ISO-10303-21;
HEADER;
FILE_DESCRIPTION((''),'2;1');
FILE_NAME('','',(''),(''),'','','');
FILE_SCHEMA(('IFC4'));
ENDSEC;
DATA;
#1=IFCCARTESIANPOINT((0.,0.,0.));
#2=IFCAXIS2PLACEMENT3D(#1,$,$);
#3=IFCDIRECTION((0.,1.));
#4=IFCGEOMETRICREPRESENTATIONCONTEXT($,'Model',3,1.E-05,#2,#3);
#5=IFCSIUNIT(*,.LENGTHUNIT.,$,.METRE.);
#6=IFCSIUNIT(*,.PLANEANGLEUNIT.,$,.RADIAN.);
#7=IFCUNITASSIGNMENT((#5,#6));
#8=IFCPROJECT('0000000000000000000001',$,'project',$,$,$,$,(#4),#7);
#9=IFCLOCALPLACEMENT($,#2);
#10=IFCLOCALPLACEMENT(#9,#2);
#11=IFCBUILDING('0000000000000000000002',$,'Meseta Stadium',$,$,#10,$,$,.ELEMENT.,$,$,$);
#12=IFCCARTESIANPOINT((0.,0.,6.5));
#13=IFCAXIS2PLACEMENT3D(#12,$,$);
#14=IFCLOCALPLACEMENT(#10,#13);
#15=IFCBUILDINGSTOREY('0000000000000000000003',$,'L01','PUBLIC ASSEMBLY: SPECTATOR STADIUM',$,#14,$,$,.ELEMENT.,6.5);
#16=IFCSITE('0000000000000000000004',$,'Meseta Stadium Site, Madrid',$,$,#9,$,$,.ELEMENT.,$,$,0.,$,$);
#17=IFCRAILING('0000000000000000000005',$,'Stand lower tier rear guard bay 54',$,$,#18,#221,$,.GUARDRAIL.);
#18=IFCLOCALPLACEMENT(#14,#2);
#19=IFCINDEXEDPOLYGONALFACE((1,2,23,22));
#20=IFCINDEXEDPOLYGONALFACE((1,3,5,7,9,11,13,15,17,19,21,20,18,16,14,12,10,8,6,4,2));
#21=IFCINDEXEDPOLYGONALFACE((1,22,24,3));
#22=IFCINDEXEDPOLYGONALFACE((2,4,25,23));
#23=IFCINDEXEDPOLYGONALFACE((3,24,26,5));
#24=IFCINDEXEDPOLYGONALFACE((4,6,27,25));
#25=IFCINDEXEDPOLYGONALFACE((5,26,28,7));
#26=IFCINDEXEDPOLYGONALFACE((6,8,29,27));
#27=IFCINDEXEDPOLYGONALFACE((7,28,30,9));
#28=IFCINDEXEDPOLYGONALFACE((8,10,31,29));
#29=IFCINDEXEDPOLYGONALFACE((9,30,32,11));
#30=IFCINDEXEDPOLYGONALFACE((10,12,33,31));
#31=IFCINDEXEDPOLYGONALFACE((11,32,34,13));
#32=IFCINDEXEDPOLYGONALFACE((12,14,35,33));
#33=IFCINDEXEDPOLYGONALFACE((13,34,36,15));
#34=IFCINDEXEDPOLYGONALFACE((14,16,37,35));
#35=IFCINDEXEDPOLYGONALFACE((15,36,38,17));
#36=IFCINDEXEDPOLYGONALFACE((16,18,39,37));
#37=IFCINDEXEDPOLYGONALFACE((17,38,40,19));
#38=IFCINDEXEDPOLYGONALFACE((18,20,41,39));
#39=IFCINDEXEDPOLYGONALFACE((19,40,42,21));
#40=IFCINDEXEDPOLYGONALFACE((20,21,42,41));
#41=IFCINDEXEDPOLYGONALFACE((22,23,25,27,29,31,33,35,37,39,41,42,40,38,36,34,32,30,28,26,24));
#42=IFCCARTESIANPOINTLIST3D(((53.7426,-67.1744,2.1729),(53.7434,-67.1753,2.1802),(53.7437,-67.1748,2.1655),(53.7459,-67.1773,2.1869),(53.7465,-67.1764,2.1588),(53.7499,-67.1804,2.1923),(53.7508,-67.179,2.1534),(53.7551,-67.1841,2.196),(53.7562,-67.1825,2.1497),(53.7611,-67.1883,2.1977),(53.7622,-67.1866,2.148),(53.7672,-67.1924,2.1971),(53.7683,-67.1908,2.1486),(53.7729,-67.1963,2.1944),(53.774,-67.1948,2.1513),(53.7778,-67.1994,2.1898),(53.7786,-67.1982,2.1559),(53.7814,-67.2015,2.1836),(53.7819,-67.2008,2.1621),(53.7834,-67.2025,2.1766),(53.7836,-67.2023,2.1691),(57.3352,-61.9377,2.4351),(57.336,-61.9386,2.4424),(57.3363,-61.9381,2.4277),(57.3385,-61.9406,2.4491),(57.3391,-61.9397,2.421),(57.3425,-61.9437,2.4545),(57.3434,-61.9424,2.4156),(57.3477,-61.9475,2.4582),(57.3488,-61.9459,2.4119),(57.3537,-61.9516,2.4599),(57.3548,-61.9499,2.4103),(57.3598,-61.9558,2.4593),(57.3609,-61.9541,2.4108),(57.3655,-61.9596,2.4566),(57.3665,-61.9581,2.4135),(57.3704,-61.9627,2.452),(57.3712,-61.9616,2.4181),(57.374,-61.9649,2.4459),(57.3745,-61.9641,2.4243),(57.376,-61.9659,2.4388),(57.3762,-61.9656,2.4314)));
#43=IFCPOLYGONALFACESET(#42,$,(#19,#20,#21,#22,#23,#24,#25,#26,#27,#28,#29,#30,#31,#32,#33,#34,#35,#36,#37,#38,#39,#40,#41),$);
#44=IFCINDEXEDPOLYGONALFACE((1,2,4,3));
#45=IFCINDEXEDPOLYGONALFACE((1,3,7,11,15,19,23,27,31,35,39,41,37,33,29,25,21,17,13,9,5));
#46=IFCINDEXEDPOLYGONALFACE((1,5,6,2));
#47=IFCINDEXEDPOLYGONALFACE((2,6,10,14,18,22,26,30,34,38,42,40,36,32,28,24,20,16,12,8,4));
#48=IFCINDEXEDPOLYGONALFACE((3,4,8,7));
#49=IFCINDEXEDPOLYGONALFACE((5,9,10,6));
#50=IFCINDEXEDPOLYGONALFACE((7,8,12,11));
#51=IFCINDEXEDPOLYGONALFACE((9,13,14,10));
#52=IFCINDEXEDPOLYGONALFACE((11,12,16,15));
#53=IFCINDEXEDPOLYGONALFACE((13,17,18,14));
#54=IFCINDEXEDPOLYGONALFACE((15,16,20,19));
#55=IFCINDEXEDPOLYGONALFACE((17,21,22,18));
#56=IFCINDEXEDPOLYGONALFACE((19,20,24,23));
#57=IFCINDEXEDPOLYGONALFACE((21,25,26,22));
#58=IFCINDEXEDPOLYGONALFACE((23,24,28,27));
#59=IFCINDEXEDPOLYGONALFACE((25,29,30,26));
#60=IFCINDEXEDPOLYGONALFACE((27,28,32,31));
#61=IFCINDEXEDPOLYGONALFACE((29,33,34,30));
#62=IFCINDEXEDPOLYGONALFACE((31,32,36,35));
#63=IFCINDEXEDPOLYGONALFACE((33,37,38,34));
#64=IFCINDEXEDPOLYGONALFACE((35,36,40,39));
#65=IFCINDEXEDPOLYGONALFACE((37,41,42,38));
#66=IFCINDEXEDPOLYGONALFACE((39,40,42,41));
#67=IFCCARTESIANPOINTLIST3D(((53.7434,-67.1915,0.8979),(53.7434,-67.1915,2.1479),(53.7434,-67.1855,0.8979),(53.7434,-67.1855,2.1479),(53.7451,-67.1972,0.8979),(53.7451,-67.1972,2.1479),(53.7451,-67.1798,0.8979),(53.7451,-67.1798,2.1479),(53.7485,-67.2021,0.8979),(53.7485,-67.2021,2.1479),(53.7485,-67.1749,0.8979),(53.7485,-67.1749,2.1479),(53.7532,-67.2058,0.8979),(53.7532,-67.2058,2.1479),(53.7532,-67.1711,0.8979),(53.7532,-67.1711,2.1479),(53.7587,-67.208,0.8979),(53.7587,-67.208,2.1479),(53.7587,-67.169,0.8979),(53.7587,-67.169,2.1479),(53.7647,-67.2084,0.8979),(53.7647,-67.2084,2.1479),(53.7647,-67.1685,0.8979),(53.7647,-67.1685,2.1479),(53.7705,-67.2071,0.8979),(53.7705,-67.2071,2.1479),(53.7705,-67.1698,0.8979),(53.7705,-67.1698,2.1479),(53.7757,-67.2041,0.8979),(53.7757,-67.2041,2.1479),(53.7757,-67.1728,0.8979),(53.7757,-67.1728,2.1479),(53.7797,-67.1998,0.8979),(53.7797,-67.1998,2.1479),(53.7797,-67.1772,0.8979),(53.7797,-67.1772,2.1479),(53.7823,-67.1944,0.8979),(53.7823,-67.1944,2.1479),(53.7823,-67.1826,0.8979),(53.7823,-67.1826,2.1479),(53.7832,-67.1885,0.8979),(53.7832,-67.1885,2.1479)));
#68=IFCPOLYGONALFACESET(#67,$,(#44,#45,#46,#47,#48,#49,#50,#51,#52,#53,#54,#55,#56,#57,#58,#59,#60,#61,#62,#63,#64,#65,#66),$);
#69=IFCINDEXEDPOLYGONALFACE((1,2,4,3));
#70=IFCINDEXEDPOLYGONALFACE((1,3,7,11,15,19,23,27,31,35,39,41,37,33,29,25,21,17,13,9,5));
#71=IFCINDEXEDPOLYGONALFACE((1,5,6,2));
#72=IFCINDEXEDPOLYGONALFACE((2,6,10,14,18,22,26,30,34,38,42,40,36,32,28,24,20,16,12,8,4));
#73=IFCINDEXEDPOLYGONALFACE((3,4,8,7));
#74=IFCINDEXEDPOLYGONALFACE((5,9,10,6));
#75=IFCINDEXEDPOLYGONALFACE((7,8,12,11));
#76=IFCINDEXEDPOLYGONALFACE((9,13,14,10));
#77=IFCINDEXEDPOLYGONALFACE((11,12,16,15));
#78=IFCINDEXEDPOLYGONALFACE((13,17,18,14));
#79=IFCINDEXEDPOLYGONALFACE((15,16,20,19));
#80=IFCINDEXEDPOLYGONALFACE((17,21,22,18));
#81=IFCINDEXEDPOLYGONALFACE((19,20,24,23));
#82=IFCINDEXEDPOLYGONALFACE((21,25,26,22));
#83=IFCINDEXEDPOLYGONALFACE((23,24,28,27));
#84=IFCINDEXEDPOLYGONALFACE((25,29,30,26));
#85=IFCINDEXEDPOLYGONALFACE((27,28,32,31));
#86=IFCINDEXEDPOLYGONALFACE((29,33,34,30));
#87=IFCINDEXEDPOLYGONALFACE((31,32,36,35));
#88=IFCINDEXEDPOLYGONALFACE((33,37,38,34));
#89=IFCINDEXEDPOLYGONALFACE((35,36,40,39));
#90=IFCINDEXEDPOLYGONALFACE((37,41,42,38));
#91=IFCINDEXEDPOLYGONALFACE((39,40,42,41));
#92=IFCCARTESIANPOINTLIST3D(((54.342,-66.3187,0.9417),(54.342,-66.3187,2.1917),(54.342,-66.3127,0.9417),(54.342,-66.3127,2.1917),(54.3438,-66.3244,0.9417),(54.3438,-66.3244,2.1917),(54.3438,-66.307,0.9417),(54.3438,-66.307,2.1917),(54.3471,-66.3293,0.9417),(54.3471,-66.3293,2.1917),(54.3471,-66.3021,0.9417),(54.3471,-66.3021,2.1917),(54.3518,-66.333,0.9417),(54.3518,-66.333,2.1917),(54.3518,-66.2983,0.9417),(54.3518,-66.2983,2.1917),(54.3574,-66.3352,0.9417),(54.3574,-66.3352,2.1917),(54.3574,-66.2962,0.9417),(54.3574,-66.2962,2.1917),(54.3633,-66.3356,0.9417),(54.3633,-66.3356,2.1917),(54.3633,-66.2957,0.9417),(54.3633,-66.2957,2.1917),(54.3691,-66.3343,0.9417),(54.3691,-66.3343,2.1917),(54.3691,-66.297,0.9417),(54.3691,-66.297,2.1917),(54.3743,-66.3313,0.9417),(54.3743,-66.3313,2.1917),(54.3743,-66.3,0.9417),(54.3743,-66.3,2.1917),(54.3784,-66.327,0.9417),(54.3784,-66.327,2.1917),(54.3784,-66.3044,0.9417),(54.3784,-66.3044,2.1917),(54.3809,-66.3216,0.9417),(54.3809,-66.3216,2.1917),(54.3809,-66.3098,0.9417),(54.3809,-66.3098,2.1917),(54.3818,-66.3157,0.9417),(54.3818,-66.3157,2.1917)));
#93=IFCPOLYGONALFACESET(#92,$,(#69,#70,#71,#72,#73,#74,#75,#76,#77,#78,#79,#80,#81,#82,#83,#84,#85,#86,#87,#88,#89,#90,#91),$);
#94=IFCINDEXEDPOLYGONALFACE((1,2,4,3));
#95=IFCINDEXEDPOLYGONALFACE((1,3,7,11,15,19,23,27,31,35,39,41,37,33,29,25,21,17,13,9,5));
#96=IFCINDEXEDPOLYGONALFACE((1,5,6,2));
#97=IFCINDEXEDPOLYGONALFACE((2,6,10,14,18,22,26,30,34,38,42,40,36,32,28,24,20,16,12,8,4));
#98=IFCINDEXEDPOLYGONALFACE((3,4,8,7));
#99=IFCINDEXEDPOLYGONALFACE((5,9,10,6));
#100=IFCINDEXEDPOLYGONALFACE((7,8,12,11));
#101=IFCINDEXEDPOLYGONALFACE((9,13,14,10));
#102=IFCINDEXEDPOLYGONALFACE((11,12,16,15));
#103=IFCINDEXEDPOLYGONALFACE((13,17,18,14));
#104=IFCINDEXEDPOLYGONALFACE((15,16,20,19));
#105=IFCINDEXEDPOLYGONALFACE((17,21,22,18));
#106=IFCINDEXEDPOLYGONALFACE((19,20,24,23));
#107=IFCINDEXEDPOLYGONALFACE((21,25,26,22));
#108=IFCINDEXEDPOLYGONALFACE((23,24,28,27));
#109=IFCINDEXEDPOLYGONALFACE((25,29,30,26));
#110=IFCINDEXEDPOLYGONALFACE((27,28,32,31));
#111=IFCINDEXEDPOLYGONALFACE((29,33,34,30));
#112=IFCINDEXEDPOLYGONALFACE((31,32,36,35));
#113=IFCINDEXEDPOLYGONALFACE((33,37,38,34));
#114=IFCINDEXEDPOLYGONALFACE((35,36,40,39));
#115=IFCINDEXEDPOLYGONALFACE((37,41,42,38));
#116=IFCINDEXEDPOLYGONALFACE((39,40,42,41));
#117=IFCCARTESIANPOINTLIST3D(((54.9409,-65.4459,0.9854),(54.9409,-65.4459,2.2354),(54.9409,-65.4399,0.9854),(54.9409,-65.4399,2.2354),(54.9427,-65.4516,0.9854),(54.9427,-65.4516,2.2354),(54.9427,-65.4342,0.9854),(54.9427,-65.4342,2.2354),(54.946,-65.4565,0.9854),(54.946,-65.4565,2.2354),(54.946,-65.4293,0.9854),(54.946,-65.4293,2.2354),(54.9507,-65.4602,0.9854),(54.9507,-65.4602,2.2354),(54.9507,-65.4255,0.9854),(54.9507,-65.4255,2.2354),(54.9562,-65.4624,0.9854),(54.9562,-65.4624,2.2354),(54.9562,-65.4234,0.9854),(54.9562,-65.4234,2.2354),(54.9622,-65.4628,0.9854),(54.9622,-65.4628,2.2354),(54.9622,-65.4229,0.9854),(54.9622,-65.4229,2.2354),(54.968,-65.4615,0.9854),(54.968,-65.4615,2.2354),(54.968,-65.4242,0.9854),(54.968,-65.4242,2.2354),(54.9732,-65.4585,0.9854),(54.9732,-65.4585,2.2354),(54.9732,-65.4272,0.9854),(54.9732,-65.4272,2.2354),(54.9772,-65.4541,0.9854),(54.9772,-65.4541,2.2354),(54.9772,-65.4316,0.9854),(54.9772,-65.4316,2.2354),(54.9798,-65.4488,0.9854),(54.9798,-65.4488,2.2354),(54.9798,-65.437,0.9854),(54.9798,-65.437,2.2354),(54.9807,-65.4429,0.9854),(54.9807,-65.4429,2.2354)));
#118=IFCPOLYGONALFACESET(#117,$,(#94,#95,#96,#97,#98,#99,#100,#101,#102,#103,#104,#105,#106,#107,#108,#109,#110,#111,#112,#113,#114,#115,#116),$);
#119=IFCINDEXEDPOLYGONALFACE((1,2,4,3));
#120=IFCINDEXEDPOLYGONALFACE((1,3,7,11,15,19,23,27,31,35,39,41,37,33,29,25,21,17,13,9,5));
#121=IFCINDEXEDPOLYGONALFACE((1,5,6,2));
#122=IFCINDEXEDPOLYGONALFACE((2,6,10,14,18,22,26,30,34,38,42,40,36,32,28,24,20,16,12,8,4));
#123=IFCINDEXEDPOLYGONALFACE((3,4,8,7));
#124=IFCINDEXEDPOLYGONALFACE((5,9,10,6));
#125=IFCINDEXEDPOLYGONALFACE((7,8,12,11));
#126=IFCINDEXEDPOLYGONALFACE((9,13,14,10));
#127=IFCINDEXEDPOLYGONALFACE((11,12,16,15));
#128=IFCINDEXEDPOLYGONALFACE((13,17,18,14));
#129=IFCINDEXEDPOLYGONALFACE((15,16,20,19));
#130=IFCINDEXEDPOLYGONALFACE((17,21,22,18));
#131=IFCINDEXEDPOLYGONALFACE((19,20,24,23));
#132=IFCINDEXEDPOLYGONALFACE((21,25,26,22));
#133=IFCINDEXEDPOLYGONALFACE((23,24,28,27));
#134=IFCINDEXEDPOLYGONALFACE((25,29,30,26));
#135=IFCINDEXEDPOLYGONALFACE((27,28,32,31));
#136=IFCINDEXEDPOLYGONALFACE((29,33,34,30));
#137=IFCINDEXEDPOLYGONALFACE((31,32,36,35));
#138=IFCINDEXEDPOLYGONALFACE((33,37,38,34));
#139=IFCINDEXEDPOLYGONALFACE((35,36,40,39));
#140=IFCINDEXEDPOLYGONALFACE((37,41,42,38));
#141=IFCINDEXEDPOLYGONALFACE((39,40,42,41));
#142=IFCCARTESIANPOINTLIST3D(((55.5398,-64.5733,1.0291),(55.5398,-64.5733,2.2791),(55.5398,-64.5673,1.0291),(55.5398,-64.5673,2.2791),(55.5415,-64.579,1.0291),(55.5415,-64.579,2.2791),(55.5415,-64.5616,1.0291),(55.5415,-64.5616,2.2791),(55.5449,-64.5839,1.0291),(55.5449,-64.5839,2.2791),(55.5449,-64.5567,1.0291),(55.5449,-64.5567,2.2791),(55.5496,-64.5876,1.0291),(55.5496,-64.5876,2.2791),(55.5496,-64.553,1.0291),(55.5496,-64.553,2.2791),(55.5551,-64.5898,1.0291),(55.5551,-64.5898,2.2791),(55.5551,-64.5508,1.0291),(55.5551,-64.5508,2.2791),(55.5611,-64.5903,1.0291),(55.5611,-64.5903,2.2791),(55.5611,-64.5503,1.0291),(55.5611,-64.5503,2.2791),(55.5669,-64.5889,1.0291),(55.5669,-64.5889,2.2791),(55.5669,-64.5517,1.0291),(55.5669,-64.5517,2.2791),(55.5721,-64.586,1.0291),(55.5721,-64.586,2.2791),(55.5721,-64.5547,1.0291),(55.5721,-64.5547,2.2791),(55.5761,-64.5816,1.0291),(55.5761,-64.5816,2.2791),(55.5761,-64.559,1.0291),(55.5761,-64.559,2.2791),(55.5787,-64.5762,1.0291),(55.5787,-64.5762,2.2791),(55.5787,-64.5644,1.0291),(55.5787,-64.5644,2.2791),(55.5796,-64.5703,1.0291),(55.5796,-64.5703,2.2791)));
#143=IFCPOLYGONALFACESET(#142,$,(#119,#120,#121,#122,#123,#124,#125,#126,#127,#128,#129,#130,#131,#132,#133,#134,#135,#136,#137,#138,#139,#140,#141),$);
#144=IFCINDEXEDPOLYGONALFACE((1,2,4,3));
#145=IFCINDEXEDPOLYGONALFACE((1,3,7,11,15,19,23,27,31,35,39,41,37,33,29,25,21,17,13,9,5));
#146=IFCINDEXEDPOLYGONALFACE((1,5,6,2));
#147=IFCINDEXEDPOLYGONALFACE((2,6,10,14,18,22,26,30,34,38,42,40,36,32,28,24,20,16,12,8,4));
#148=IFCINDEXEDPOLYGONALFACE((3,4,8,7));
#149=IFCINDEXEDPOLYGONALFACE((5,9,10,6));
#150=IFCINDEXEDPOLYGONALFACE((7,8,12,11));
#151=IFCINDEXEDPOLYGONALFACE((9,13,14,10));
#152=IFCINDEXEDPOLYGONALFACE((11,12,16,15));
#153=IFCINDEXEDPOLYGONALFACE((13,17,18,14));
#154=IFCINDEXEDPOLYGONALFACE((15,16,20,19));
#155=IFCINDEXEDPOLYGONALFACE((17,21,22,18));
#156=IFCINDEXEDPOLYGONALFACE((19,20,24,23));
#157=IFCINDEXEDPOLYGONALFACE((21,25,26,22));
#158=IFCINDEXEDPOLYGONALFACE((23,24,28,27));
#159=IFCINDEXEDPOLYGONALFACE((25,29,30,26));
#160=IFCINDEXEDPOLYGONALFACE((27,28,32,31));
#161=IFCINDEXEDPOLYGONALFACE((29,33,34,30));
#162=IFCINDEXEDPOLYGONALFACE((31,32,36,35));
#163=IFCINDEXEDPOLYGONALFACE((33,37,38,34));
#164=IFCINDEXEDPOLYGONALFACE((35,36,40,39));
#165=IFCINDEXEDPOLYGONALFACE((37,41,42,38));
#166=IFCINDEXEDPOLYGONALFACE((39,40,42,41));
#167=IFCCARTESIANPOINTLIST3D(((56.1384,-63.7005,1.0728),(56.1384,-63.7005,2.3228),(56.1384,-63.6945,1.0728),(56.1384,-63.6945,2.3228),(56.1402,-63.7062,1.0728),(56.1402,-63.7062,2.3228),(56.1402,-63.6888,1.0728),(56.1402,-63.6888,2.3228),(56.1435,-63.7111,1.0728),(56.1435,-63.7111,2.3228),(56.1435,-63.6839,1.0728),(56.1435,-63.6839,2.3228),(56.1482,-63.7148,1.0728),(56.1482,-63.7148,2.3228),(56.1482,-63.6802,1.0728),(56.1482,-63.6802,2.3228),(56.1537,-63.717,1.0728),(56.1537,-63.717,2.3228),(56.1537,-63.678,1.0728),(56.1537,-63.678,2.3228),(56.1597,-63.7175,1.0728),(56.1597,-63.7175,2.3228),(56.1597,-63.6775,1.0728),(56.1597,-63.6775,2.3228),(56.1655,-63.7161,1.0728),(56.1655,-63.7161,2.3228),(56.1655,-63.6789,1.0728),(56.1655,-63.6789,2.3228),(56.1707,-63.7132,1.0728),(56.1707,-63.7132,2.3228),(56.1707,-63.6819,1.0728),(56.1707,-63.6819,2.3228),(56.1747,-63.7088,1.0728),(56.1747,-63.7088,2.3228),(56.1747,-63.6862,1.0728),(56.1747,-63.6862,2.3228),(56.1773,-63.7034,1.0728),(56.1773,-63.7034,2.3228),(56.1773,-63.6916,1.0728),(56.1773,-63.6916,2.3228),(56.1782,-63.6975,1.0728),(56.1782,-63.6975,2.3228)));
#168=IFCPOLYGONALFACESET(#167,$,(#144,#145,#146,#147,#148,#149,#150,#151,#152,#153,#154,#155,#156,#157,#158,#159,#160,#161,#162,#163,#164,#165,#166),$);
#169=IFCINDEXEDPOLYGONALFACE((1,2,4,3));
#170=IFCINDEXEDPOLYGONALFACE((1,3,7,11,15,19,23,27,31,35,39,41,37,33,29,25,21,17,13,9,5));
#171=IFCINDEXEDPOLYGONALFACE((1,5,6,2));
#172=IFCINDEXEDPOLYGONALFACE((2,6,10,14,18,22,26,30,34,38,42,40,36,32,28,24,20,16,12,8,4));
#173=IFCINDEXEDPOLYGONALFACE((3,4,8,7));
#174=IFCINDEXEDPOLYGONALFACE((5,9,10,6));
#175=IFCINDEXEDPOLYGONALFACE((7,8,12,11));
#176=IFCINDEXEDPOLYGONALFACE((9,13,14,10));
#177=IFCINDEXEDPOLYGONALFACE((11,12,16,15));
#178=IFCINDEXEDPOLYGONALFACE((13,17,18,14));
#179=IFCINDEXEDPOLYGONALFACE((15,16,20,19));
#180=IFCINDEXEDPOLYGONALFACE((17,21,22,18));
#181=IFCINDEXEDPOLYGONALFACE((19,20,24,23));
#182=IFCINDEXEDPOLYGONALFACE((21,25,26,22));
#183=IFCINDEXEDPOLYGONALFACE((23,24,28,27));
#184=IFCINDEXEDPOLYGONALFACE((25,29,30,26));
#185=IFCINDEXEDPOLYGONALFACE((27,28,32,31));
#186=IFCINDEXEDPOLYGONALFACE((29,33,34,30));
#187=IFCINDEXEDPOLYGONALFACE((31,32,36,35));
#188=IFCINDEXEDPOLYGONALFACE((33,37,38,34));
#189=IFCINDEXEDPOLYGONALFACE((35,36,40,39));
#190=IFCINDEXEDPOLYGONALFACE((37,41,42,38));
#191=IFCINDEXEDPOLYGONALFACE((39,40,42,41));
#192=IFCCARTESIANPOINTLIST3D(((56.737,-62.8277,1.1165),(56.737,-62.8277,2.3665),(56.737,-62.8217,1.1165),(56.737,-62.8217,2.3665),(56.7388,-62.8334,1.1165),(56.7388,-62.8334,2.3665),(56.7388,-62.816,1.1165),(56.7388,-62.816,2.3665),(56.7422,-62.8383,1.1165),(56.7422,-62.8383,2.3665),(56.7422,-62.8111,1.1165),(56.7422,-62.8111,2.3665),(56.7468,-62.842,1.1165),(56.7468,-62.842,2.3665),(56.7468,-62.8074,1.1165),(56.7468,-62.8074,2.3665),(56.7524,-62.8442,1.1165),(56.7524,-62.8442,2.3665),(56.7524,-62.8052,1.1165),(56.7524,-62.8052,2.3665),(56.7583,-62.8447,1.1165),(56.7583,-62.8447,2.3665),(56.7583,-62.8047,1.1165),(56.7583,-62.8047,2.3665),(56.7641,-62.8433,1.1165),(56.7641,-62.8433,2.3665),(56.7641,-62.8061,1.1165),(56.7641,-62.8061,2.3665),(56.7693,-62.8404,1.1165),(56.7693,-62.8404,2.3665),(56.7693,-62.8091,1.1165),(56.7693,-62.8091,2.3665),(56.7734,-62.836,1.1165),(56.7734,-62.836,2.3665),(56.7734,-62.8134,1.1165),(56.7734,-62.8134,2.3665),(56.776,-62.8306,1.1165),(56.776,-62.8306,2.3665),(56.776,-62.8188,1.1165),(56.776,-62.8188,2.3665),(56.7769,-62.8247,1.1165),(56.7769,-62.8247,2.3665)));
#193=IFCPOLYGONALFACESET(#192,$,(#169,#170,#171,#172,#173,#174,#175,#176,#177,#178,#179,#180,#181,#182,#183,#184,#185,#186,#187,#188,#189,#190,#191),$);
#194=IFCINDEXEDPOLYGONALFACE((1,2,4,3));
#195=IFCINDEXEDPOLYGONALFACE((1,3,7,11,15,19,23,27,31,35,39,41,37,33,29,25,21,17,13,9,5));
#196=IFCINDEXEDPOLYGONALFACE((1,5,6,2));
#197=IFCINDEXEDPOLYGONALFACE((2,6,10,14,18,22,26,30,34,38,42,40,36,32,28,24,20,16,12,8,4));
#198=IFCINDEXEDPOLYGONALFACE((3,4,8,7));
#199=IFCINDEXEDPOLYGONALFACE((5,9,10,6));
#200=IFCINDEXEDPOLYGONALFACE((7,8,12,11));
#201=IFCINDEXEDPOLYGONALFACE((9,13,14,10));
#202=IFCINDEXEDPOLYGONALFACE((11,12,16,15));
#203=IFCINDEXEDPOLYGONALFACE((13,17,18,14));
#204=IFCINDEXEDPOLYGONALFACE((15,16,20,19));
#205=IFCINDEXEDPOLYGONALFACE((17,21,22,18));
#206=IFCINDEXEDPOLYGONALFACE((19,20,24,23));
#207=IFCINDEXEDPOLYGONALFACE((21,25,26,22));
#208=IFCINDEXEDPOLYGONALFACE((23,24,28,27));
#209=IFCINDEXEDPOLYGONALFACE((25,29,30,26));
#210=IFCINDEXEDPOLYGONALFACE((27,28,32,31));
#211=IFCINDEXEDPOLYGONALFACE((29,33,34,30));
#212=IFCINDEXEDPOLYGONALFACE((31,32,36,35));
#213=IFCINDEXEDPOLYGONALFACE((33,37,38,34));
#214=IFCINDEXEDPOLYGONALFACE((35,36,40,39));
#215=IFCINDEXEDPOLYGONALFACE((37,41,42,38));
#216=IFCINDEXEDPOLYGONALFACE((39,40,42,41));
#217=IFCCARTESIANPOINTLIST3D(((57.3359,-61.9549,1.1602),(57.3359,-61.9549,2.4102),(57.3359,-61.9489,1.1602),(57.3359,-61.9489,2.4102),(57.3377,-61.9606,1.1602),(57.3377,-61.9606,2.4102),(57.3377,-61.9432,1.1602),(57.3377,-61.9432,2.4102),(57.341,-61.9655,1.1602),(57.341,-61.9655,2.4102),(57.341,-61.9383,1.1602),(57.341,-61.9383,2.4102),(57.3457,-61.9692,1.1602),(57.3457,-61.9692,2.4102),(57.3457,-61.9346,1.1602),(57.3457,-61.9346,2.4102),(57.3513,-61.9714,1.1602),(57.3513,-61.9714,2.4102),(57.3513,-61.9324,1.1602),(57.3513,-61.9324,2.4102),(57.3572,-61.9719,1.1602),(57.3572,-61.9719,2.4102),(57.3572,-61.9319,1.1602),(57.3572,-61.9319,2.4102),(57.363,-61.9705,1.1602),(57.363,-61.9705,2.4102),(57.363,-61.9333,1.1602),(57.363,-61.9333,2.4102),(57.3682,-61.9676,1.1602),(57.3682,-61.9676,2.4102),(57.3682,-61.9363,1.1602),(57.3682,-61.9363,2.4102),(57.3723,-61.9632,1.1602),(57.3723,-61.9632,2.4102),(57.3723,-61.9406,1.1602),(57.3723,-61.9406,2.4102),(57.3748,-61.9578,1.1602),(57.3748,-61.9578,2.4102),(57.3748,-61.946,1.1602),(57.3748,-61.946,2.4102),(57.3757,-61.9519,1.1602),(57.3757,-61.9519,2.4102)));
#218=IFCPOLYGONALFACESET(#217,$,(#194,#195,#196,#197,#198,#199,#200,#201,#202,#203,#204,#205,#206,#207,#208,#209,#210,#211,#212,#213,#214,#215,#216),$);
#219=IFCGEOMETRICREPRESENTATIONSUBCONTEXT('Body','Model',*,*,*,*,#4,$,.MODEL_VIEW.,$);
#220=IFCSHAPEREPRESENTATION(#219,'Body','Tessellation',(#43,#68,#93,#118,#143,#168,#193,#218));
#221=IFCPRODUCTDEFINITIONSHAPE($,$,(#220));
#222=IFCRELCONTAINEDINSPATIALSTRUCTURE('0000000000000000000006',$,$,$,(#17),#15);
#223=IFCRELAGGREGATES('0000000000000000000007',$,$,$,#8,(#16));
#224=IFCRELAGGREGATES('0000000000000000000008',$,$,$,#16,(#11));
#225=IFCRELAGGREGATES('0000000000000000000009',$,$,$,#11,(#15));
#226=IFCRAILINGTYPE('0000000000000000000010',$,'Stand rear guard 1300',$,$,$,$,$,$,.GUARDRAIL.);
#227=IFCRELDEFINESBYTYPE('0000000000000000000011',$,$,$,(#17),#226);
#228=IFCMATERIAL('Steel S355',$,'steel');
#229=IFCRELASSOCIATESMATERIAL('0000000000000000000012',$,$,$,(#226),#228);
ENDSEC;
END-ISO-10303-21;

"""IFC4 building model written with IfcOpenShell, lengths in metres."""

from ifc_helpers import new_model, si_unit, direction, frame, origin, origin_2d, place, context, subcontext, project, spatial, circle, extrude, material, type_object, element, save


model = new_model("IFC4")

# Units and contexts
model_context = context("Model", 3, precision=1e-05, world=origin(), true_north=direction((0.0, 1.0)))
body_context = subcontext(model_context, "Body", "Model", "MODEL_VIEW")
ifc_project = project(units=[si_unit("LENGTHUNIT", "METRE"), si_unit("PLANEANGLEUNIT", "RADIAN")], contexts=[model_context])

# Site, building, storey
site_placement = place(None, origin())
site = spatial("IfcSite", under=ifc_project, at=site_placement, Name="Meseta Stadium Site, Madrid", CompositionType="ELEMENT", RefElevation=0.0)
building_placement = place(site_placement, origin())
building = spatial("IfcBuilding", under=site, at=building_placement, Name="Meseta Stadium", CompositionType="ELEMENT")
storey_placement = place(building_placement, frame((0.0, 0.0, 6.5)))
storey = spatial("IfcBuildingStorey", under=building, at=storey_placement, Name="L01", Description="PUBLIC ASSEMBLY: SPECTATOR STADIUM", CompositionType="ELEMENT", Elevation=6.5)

# Railing
ifc_material_1 = material(Name="Steel S355", Category="steel")
railing_type = type_object("IfcRailingType", Name="Stand rear guard 1300", PredefinedType="GUARDRAIL", material=ifc_material_1)
railing_placement = place(storey_placement, frame((53.7632, -67.1885, 0.8979)))
element("IfcRailing", 1, at=railing_placement, inside=storey, type_object=railing_type, Name="Stand lower tier rear guard bay 54", PredefinedType="GUARDRAIL", context=body_context, shape_type="SweptSolid", body=[
    extrude(circle(Radius=0.0249, at=origin_2d()), frame((0.0, 0.0, 1.2749), z_axis=(0.565233, 0.823899, 0.041255), x_axis=(-0.824601, 0.565714, 0.0)), (0.0, 0.0, 1.0), 6.356),
    extrude(circle(Radius=0.02, at=origin_2d()), origin(), (0.0, 0.0, 1.0), 1.25),
    extrude(circle(Radius=0.02, at=origin_2d()), frame((0.5986, 0.8728, 0.0437)), (0.0, 0.0, 1.0), 1.25),
    extrude(circle(Radius=0.02, at=origin_2d()), frame((1.1975, 1.7456, 0.0874)), (0.0, 0.0, 1.0), 1.25),
    extrude(circle(Radius=0.02, at=origin_2d()), frame((1.7964, 2.6182, 0.1311)), (0.0, 0.0, 1.0), 1.25),
    extrude(circle(Radius=0.02, at=origin_2d()), frame((2.395, 3.491, 0.1748)), (0.0, 0.0, 1.0), 1.25),
    extrude(circle(Radius=0.02, at=origin_2d()), frame((2.9937, 4.3638, 0.2185)), (0.0, 0.0, 1.0), 1.25),
    extrude(circle(Radius=0.02, at=origin_2d()), frame((3.5925, 5.2366, 0.2622)), (0.0, 0.0, 1.0), 1.25),
])

save(model, "model.ifc")
